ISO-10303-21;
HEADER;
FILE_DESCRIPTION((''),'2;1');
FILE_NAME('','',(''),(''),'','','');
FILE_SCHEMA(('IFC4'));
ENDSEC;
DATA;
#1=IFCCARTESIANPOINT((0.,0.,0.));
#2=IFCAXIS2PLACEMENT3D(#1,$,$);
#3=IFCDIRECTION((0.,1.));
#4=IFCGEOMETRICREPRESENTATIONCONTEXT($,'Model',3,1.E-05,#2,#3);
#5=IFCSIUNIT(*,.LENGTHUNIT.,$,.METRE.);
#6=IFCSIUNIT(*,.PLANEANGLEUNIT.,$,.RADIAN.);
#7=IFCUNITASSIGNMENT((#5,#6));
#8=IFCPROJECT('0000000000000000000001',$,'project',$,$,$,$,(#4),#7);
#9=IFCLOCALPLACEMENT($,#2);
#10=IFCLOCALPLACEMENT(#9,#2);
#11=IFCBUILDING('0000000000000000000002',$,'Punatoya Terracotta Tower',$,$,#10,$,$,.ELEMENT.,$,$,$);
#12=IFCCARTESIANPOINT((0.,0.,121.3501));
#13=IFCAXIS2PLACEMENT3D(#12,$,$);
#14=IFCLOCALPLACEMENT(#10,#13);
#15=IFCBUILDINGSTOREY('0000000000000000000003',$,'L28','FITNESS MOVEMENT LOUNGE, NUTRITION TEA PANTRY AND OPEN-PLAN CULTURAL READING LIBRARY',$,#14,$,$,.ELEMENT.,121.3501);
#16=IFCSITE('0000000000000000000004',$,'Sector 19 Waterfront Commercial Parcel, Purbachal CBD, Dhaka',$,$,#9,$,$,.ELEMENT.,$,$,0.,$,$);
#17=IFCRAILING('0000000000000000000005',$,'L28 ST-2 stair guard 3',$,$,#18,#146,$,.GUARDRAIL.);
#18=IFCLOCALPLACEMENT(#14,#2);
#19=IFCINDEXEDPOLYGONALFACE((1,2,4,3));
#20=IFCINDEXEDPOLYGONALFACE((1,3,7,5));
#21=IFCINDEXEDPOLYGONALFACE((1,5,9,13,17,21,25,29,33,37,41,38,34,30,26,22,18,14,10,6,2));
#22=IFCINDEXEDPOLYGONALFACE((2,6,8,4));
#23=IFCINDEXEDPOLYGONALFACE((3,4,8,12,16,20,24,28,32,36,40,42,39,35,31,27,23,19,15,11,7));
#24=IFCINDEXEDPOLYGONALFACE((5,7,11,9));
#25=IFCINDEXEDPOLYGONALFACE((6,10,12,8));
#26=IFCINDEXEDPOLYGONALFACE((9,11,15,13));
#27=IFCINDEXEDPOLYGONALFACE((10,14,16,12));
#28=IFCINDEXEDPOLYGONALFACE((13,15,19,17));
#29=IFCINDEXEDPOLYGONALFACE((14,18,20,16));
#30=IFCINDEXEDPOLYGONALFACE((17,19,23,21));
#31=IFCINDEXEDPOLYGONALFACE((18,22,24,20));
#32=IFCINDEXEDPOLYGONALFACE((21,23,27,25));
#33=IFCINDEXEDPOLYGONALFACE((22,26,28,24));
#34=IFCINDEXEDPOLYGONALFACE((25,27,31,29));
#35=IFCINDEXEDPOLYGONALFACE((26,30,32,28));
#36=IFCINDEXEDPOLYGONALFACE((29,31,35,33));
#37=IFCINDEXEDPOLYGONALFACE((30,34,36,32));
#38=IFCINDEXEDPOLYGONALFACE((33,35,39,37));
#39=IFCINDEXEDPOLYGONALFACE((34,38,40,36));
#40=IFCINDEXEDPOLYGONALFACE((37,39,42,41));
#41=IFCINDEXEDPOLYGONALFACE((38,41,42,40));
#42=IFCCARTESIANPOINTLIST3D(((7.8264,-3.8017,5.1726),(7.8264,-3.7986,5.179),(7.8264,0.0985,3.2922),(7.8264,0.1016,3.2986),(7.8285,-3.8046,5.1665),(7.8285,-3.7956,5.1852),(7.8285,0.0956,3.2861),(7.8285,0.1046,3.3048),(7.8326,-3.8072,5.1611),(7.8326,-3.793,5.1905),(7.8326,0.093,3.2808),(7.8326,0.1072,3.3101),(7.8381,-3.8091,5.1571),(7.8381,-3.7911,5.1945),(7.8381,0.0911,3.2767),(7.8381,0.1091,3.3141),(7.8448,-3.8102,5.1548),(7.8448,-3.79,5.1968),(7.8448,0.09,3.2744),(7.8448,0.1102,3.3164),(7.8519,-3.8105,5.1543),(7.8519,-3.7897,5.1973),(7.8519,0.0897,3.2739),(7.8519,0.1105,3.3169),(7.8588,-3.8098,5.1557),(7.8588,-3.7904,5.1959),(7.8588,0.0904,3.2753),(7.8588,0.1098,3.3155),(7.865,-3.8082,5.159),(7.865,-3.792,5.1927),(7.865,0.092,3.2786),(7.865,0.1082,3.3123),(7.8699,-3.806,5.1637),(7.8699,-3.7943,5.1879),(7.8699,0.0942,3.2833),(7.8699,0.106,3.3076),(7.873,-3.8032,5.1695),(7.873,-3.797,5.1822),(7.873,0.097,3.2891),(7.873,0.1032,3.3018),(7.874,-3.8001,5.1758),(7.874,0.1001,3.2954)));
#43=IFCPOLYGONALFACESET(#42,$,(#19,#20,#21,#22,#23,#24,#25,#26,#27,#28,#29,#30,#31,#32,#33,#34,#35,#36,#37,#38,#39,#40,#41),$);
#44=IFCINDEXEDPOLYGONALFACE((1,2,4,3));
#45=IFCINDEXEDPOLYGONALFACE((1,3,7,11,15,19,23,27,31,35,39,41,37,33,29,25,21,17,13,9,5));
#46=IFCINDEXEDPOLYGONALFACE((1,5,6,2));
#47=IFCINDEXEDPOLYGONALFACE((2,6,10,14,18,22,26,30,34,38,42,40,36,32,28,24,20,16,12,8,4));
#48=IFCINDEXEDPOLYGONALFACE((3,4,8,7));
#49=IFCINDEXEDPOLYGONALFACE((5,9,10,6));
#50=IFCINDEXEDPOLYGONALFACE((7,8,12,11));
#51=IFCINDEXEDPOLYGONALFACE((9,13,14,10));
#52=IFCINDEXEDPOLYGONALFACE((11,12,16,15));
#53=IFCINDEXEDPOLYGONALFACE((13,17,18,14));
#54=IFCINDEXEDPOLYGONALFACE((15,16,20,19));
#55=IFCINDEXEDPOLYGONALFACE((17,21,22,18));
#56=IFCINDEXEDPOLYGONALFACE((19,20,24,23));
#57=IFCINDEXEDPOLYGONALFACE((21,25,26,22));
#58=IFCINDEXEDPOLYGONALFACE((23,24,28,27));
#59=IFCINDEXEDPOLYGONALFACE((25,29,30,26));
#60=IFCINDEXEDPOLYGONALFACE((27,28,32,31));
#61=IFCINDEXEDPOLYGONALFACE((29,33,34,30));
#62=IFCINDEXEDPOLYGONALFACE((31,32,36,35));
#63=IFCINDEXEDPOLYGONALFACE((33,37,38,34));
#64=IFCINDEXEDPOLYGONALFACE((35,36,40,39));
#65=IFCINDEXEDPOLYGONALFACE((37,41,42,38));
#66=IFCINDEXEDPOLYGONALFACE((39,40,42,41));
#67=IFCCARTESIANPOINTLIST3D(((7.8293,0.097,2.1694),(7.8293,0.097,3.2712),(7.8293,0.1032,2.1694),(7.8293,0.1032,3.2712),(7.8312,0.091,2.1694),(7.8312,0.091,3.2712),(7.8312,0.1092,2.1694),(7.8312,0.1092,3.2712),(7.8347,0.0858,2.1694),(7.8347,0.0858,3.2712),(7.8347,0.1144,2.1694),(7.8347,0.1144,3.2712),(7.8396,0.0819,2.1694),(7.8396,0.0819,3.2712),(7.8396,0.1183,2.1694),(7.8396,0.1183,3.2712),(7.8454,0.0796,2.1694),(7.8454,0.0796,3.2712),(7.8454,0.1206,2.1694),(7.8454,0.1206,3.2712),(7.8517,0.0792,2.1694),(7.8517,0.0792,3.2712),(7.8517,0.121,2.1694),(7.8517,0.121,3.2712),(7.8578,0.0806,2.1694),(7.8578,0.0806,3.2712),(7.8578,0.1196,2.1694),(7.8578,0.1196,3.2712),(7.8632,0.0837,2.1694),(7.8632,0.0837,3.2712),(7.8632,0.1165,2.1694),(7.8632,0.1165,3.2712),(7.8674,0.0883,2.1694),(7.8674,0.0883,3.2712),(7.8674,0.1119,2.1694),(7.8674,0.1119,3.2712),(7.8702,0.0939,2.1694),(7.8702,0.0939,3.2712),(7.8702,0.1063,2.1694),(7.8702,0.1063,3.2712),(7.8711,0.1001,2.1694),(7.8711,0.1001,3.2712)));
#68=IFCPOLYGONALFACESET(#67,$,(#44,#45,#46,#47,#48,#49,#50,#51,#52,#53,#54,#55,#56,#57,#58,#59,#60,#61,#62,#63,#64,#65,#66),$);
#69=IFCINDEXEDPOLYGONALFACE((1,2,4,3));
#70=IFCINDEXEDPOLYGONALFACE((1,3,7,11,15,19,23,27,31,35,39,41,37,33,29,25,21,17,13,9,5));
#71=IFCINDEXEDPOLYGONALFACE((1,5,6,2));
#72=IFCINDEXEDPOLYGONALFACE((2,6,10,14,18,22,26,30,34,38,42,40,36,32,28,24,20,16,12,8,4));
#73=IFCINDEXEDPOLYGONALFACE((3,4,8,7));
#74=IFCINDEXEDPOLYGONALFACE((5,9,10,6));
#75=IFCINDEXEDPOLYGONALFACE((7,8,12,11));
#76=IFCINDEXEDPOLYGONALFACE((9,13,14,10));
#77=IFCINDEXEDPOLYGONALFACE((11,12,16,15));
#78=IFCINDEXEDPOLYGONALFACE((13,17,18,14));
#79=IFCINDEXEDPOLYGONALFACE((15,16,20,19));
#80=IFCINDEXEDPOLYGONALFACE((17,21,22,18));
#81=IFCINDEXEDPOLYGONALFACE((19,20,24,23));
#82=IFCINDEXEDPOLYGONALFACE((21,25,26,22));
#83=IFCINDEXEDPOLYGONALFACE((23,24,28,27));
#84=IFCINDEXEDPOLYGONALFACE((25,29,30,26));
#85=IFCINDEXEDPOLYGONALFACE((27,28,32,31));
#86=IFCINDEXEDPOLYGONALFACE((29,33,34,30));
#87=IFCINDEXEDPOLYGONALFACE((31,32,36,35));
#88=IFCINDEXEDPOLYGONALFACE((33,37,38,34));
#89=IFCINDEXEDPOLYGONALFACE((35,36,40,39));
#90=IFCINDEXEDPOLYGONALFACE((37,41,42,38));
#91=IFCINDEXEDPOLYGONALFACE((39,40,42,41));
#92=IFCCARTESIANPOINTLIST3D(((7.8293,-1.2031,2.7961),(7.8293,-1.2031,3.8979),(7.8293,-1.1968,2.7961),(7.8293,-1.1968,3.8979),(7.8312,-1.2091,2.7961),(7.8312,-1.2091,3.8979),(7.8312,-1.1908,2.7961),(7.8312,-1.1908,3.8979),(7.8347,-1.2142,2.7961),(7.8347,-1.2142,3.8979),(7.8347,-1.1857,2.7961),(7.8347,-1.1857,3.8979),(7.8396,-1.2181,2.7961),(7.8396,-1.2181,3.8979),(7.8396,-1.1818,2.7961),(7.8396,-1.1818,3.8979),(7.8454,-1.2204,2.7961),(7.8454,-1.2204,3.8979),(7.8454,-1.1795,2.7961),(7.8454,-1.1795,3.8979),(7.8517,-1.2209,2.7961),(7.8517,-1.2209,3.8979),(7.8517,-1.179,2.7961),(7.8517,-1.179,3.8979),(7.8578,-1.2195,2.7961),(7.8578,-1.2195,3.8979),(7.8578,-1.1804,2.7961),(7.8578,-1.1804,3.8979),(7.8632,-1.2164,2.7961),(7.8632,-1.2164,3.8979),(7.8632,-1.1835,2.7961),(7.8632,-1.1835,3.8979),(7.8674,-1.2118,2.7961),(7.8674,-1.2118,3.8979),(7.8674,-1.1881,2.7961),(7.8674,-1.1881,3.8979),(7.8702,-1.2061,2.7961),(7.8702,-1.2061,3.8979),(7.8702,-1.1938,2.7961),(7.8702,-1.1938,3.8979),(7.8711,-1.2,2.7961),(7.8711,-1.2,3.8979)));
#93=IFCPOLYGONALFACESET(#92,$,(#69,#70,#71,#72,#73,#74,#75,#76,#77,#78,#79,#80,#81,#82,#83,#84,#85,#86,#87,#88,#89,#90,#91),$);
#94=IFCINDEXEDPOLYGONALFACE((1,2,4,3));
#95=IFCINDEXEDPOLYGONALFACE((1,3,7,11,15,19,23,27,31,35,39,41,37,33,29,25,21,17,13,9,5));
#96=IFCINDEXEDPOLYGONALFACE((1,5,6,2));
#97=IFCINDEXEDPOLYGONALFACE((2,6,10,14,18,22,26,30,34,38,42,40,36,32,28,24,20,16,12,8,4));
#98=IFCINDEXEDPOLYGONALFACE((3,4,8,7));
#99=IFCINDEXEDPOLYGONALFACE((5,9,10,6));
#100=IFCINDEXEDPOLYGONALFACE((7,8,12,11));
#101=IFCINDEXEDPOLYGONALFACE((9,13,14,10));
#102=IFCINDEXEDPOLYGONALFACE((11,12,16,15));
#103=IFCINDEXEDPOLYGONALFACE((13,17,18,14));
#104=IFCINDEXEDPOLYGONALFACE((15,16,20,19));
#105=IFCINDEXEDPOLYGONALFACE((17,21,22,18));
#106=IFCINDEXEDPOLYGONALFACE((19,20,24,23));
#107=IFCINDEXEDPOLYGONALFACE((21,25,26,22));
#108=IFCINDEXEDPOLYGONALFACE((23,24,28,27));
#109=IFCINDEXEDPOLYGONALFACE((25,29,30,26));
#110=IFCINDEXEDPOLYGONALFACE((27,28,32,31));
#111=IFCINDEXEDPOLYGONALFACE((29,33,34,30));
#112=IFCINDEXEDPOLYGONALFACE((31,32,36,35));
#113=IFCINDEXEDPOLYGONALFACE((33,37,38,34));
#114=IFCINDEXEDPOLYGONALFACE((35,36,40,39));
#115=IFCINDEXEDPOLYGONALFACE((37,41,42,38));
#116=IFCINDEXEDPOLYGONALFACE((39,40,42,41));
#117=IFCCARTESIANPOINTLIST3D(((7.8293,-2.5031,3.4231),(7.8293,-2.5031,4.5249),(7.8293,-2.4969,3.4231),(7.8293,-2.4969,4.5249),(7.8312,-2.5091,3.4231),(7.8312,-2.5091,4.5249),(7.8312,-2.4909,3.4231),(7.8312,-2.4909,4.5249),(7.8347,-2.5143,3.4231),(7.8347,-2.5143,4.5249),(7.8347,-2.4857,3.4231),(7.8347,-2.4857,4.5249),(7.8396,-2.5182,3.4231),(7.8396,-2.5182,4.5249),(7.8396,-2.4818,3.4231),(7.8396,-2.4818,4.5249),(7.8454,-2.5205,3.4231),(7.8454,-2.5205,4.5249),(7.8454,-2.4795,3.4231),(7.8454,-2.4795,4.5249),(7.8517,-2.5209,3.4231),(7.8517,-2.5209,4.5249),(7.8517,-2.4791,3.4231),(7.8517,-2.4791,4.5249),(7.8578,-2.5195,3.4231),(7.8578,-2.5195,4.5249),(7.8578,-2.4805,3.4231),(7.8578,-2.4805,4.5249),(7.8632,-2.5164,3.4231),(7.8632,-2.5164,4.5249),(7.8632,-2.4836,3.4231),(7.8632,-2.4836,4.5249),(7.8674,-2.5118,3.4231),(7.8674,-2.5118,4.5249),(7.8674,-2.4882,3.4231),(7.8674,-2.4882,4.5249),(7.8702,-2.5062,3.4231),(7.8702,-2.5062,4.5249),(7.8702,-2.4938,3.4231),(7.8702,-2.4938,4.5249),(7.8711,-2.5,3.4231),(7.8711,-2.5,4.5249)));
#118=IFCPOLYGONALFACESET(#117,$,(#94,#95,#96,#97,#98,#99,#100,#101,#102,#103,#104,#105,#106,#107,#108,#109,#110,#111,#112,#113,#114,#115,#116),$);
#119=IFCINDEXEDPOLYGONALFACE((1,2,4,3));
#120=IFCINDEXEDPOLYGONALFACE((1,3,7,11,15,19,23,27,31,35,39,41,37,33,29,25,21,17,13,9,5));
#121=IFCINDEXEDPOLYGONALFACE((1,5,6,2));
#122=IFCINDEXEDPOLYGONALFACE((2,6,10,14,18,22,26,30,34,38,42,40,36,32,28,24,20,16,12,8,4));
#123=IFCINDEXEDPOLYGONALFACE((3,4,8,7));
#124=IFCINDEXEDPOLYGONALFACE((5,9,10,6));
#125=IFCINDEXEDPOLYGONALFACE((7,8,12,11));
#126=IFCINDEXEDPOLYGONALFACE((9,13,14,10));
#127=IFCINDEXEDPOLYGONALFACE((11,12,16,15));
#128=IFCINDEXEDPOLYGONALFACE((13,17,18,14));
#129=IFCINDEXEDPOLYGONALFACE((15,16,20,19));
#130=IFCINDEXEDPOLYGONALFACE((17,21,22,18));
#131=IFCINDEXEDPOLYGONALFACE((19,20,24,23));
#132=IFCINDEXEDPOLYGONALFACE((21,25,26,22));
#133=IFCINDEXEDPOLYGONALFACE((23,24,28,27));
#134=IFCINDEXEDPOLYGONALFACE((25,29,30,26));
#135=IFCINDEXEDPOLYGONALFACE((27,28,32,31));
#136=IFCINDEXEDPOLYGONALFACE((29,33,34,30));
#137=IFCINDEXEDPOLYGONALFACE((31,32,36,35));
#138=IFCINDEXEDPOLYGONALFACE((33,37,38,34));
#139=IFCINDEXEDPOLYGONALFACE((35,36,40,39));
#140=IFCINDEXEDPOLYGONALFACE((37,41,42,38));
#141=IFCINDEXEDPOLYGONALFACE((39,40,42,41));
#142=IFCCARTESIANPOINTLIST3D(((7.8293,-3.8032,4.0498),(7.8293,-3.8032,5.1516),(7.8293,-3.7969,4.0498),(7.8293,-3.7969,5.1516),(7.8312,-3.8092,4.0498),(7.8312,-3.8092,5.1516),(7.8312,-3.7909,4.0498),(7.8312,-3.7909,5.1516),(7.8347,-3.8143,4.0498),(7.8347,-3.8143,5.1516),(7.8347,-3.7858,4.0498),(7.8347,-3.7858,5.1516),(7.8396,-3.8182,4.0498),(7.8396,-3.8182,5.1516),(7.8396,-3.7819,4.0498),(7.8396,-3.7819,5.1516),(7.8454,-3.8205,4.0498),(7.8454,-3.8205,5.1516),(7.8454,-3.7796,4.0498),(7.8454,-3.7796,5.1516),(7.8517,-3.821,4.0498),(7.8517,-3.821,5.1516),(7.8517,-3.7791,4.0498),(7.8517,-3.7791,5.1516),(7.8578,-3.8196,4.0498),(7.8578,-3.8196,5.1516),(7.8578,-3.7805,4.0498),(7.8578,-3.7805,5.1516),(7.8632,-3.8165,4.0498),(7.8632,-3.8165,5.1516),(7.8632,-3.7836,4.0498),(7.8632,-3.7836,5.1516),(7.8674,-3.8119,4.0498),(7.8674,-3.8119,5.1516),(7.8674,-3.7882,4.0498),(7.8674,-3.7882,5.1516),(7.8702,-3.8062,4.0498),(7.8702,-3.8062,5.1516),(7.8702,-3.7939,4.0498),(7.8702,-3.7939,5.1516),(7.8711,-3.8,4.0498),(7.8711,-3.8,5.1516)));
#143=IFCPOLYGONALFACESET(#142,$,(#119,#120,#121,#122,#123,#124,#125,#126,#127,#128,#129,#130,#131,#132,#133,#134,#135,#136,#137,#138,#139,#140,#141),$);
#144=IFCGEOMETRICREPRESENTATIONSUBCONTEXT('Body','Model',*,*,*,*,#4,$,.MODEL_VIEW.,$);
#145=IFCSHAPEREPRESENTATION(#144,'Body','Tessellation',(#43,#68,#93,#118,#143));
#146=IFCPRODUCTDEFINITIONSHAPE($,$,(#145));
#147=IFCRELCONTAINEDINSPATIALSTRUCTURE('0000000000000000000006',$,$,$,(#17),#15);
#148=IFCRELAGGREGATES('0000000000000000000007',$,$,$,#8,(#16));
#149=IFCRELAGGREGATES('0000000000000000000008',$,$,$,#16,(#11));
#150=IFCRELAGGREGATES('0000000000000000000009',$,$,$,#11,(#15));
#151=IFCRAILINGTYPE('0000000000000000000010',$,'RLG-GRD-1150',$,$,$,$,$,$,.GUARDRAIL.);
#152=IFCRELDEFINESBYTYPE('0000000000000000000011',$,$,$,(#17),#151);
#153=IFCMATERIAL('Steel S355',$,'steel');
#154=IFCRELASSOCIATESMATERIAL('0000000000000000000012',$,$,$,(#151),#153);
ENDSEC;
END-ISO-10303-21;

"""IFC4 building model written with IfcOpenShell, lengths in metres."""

from ifc_helpers import new_model, si_unit, direction, frame, origin, origin_2d, place, context, subcontext, project, spatial, circle, extrude, material, type_object, element, save


model = new_model("IFC4")

# Units and contexts
model_context = context("Model", 3, precision=1e-05, world=origin(), true_north=direction((0.0, 1.0)))
body_context = subcontext(model_context, "Body", "Model", "MODEL_VIEW")
ifc_project = project(units=[si_unit("LENGTHUNIT", "METRE"), si_unit("PLANEANGLEUNIT", "RADIAN")], contexts=[model_context])

# Site, building, storey
site_placement = place(None, origin())
site = spatial("IfcSite", under=ifc_project, at=site_placement, Name="Sector 19 Waterfront Commercial Parcel, Purbachal CBD, Dhaka", CompositionType="ELEMENT", RefElevation=0.0)
building_placement = place(site_placement, origin())
building = spatial("IfcBuilding", under=site, at=building_placement, Name="Punatoya Terracotta Tower", CompositionType="ELEMENT")
storey_placement = place(building_placement, frame((0.0, 0.0, 121.3501)))
storey = spatial("IfcBuildingStorey", under=building, at=storey_placement, Name="L28", Description="FITNESS MOVEMENT LOUNGE, NUTRITION TEA PANTRY AND OPEN-PLAN CULTURAL READING LIBRARY", CompositionType="ELEMENT", Elevation=121.3501)

# Shared definitions
ifc_material_1 = material(Name="Steel S355", Category="steel")

# Railing
railing_type_1 = type_object("IfcRailingType", Name="RLG-GRD-1150", PredefinedType="GUARDRAIL", material=ifc_material_1)
railing_1_placement = place(storey_placement, frame((7.8501, 0.1001, 2.1694)))
element("IfcRailing", 1, at=railing_1_placement, inside=storey, type_object=railing_type_1, Name="L28 ST-2 stair guard 3", PredefinedType="GUARDRAIL", context=body_context, shape_type="SweptSolid", body=[
    extrude(circle(Radius=0.0239, at=origin_2d()), frame((0.0, 0.0, 1.126), z_axis=(0.0, -0.900774, 0.434289), x_axis=(1.0, 0.0, 0.0)), (0.0, 0.0, 1.0), 4.3298),
    extrude(circle(Radius=0.021, at=origin_2d()), origin(), (0.0, 0.0, 1.0), 1.1018),
    extrude(circle(Radius=0.021, at=origin_2d()), frame((0.0, -1.3, 0.6267)), (0.0, 0.0, 1.0), 1.1018),
    extrude(circle(Radius=0.021, at=origin_2d()), frame((0.0, -2.6001, 1.2537)), (0.0, 0.0, 1.0), 1.1018),
    extrude(circle(Radius=0.021, at=origin_2d()), frame((0.0, -3.9001, 1.8804)), (0.0, 0.0, 1.0), 1.1018),
])

save(model, "model.ifc")
